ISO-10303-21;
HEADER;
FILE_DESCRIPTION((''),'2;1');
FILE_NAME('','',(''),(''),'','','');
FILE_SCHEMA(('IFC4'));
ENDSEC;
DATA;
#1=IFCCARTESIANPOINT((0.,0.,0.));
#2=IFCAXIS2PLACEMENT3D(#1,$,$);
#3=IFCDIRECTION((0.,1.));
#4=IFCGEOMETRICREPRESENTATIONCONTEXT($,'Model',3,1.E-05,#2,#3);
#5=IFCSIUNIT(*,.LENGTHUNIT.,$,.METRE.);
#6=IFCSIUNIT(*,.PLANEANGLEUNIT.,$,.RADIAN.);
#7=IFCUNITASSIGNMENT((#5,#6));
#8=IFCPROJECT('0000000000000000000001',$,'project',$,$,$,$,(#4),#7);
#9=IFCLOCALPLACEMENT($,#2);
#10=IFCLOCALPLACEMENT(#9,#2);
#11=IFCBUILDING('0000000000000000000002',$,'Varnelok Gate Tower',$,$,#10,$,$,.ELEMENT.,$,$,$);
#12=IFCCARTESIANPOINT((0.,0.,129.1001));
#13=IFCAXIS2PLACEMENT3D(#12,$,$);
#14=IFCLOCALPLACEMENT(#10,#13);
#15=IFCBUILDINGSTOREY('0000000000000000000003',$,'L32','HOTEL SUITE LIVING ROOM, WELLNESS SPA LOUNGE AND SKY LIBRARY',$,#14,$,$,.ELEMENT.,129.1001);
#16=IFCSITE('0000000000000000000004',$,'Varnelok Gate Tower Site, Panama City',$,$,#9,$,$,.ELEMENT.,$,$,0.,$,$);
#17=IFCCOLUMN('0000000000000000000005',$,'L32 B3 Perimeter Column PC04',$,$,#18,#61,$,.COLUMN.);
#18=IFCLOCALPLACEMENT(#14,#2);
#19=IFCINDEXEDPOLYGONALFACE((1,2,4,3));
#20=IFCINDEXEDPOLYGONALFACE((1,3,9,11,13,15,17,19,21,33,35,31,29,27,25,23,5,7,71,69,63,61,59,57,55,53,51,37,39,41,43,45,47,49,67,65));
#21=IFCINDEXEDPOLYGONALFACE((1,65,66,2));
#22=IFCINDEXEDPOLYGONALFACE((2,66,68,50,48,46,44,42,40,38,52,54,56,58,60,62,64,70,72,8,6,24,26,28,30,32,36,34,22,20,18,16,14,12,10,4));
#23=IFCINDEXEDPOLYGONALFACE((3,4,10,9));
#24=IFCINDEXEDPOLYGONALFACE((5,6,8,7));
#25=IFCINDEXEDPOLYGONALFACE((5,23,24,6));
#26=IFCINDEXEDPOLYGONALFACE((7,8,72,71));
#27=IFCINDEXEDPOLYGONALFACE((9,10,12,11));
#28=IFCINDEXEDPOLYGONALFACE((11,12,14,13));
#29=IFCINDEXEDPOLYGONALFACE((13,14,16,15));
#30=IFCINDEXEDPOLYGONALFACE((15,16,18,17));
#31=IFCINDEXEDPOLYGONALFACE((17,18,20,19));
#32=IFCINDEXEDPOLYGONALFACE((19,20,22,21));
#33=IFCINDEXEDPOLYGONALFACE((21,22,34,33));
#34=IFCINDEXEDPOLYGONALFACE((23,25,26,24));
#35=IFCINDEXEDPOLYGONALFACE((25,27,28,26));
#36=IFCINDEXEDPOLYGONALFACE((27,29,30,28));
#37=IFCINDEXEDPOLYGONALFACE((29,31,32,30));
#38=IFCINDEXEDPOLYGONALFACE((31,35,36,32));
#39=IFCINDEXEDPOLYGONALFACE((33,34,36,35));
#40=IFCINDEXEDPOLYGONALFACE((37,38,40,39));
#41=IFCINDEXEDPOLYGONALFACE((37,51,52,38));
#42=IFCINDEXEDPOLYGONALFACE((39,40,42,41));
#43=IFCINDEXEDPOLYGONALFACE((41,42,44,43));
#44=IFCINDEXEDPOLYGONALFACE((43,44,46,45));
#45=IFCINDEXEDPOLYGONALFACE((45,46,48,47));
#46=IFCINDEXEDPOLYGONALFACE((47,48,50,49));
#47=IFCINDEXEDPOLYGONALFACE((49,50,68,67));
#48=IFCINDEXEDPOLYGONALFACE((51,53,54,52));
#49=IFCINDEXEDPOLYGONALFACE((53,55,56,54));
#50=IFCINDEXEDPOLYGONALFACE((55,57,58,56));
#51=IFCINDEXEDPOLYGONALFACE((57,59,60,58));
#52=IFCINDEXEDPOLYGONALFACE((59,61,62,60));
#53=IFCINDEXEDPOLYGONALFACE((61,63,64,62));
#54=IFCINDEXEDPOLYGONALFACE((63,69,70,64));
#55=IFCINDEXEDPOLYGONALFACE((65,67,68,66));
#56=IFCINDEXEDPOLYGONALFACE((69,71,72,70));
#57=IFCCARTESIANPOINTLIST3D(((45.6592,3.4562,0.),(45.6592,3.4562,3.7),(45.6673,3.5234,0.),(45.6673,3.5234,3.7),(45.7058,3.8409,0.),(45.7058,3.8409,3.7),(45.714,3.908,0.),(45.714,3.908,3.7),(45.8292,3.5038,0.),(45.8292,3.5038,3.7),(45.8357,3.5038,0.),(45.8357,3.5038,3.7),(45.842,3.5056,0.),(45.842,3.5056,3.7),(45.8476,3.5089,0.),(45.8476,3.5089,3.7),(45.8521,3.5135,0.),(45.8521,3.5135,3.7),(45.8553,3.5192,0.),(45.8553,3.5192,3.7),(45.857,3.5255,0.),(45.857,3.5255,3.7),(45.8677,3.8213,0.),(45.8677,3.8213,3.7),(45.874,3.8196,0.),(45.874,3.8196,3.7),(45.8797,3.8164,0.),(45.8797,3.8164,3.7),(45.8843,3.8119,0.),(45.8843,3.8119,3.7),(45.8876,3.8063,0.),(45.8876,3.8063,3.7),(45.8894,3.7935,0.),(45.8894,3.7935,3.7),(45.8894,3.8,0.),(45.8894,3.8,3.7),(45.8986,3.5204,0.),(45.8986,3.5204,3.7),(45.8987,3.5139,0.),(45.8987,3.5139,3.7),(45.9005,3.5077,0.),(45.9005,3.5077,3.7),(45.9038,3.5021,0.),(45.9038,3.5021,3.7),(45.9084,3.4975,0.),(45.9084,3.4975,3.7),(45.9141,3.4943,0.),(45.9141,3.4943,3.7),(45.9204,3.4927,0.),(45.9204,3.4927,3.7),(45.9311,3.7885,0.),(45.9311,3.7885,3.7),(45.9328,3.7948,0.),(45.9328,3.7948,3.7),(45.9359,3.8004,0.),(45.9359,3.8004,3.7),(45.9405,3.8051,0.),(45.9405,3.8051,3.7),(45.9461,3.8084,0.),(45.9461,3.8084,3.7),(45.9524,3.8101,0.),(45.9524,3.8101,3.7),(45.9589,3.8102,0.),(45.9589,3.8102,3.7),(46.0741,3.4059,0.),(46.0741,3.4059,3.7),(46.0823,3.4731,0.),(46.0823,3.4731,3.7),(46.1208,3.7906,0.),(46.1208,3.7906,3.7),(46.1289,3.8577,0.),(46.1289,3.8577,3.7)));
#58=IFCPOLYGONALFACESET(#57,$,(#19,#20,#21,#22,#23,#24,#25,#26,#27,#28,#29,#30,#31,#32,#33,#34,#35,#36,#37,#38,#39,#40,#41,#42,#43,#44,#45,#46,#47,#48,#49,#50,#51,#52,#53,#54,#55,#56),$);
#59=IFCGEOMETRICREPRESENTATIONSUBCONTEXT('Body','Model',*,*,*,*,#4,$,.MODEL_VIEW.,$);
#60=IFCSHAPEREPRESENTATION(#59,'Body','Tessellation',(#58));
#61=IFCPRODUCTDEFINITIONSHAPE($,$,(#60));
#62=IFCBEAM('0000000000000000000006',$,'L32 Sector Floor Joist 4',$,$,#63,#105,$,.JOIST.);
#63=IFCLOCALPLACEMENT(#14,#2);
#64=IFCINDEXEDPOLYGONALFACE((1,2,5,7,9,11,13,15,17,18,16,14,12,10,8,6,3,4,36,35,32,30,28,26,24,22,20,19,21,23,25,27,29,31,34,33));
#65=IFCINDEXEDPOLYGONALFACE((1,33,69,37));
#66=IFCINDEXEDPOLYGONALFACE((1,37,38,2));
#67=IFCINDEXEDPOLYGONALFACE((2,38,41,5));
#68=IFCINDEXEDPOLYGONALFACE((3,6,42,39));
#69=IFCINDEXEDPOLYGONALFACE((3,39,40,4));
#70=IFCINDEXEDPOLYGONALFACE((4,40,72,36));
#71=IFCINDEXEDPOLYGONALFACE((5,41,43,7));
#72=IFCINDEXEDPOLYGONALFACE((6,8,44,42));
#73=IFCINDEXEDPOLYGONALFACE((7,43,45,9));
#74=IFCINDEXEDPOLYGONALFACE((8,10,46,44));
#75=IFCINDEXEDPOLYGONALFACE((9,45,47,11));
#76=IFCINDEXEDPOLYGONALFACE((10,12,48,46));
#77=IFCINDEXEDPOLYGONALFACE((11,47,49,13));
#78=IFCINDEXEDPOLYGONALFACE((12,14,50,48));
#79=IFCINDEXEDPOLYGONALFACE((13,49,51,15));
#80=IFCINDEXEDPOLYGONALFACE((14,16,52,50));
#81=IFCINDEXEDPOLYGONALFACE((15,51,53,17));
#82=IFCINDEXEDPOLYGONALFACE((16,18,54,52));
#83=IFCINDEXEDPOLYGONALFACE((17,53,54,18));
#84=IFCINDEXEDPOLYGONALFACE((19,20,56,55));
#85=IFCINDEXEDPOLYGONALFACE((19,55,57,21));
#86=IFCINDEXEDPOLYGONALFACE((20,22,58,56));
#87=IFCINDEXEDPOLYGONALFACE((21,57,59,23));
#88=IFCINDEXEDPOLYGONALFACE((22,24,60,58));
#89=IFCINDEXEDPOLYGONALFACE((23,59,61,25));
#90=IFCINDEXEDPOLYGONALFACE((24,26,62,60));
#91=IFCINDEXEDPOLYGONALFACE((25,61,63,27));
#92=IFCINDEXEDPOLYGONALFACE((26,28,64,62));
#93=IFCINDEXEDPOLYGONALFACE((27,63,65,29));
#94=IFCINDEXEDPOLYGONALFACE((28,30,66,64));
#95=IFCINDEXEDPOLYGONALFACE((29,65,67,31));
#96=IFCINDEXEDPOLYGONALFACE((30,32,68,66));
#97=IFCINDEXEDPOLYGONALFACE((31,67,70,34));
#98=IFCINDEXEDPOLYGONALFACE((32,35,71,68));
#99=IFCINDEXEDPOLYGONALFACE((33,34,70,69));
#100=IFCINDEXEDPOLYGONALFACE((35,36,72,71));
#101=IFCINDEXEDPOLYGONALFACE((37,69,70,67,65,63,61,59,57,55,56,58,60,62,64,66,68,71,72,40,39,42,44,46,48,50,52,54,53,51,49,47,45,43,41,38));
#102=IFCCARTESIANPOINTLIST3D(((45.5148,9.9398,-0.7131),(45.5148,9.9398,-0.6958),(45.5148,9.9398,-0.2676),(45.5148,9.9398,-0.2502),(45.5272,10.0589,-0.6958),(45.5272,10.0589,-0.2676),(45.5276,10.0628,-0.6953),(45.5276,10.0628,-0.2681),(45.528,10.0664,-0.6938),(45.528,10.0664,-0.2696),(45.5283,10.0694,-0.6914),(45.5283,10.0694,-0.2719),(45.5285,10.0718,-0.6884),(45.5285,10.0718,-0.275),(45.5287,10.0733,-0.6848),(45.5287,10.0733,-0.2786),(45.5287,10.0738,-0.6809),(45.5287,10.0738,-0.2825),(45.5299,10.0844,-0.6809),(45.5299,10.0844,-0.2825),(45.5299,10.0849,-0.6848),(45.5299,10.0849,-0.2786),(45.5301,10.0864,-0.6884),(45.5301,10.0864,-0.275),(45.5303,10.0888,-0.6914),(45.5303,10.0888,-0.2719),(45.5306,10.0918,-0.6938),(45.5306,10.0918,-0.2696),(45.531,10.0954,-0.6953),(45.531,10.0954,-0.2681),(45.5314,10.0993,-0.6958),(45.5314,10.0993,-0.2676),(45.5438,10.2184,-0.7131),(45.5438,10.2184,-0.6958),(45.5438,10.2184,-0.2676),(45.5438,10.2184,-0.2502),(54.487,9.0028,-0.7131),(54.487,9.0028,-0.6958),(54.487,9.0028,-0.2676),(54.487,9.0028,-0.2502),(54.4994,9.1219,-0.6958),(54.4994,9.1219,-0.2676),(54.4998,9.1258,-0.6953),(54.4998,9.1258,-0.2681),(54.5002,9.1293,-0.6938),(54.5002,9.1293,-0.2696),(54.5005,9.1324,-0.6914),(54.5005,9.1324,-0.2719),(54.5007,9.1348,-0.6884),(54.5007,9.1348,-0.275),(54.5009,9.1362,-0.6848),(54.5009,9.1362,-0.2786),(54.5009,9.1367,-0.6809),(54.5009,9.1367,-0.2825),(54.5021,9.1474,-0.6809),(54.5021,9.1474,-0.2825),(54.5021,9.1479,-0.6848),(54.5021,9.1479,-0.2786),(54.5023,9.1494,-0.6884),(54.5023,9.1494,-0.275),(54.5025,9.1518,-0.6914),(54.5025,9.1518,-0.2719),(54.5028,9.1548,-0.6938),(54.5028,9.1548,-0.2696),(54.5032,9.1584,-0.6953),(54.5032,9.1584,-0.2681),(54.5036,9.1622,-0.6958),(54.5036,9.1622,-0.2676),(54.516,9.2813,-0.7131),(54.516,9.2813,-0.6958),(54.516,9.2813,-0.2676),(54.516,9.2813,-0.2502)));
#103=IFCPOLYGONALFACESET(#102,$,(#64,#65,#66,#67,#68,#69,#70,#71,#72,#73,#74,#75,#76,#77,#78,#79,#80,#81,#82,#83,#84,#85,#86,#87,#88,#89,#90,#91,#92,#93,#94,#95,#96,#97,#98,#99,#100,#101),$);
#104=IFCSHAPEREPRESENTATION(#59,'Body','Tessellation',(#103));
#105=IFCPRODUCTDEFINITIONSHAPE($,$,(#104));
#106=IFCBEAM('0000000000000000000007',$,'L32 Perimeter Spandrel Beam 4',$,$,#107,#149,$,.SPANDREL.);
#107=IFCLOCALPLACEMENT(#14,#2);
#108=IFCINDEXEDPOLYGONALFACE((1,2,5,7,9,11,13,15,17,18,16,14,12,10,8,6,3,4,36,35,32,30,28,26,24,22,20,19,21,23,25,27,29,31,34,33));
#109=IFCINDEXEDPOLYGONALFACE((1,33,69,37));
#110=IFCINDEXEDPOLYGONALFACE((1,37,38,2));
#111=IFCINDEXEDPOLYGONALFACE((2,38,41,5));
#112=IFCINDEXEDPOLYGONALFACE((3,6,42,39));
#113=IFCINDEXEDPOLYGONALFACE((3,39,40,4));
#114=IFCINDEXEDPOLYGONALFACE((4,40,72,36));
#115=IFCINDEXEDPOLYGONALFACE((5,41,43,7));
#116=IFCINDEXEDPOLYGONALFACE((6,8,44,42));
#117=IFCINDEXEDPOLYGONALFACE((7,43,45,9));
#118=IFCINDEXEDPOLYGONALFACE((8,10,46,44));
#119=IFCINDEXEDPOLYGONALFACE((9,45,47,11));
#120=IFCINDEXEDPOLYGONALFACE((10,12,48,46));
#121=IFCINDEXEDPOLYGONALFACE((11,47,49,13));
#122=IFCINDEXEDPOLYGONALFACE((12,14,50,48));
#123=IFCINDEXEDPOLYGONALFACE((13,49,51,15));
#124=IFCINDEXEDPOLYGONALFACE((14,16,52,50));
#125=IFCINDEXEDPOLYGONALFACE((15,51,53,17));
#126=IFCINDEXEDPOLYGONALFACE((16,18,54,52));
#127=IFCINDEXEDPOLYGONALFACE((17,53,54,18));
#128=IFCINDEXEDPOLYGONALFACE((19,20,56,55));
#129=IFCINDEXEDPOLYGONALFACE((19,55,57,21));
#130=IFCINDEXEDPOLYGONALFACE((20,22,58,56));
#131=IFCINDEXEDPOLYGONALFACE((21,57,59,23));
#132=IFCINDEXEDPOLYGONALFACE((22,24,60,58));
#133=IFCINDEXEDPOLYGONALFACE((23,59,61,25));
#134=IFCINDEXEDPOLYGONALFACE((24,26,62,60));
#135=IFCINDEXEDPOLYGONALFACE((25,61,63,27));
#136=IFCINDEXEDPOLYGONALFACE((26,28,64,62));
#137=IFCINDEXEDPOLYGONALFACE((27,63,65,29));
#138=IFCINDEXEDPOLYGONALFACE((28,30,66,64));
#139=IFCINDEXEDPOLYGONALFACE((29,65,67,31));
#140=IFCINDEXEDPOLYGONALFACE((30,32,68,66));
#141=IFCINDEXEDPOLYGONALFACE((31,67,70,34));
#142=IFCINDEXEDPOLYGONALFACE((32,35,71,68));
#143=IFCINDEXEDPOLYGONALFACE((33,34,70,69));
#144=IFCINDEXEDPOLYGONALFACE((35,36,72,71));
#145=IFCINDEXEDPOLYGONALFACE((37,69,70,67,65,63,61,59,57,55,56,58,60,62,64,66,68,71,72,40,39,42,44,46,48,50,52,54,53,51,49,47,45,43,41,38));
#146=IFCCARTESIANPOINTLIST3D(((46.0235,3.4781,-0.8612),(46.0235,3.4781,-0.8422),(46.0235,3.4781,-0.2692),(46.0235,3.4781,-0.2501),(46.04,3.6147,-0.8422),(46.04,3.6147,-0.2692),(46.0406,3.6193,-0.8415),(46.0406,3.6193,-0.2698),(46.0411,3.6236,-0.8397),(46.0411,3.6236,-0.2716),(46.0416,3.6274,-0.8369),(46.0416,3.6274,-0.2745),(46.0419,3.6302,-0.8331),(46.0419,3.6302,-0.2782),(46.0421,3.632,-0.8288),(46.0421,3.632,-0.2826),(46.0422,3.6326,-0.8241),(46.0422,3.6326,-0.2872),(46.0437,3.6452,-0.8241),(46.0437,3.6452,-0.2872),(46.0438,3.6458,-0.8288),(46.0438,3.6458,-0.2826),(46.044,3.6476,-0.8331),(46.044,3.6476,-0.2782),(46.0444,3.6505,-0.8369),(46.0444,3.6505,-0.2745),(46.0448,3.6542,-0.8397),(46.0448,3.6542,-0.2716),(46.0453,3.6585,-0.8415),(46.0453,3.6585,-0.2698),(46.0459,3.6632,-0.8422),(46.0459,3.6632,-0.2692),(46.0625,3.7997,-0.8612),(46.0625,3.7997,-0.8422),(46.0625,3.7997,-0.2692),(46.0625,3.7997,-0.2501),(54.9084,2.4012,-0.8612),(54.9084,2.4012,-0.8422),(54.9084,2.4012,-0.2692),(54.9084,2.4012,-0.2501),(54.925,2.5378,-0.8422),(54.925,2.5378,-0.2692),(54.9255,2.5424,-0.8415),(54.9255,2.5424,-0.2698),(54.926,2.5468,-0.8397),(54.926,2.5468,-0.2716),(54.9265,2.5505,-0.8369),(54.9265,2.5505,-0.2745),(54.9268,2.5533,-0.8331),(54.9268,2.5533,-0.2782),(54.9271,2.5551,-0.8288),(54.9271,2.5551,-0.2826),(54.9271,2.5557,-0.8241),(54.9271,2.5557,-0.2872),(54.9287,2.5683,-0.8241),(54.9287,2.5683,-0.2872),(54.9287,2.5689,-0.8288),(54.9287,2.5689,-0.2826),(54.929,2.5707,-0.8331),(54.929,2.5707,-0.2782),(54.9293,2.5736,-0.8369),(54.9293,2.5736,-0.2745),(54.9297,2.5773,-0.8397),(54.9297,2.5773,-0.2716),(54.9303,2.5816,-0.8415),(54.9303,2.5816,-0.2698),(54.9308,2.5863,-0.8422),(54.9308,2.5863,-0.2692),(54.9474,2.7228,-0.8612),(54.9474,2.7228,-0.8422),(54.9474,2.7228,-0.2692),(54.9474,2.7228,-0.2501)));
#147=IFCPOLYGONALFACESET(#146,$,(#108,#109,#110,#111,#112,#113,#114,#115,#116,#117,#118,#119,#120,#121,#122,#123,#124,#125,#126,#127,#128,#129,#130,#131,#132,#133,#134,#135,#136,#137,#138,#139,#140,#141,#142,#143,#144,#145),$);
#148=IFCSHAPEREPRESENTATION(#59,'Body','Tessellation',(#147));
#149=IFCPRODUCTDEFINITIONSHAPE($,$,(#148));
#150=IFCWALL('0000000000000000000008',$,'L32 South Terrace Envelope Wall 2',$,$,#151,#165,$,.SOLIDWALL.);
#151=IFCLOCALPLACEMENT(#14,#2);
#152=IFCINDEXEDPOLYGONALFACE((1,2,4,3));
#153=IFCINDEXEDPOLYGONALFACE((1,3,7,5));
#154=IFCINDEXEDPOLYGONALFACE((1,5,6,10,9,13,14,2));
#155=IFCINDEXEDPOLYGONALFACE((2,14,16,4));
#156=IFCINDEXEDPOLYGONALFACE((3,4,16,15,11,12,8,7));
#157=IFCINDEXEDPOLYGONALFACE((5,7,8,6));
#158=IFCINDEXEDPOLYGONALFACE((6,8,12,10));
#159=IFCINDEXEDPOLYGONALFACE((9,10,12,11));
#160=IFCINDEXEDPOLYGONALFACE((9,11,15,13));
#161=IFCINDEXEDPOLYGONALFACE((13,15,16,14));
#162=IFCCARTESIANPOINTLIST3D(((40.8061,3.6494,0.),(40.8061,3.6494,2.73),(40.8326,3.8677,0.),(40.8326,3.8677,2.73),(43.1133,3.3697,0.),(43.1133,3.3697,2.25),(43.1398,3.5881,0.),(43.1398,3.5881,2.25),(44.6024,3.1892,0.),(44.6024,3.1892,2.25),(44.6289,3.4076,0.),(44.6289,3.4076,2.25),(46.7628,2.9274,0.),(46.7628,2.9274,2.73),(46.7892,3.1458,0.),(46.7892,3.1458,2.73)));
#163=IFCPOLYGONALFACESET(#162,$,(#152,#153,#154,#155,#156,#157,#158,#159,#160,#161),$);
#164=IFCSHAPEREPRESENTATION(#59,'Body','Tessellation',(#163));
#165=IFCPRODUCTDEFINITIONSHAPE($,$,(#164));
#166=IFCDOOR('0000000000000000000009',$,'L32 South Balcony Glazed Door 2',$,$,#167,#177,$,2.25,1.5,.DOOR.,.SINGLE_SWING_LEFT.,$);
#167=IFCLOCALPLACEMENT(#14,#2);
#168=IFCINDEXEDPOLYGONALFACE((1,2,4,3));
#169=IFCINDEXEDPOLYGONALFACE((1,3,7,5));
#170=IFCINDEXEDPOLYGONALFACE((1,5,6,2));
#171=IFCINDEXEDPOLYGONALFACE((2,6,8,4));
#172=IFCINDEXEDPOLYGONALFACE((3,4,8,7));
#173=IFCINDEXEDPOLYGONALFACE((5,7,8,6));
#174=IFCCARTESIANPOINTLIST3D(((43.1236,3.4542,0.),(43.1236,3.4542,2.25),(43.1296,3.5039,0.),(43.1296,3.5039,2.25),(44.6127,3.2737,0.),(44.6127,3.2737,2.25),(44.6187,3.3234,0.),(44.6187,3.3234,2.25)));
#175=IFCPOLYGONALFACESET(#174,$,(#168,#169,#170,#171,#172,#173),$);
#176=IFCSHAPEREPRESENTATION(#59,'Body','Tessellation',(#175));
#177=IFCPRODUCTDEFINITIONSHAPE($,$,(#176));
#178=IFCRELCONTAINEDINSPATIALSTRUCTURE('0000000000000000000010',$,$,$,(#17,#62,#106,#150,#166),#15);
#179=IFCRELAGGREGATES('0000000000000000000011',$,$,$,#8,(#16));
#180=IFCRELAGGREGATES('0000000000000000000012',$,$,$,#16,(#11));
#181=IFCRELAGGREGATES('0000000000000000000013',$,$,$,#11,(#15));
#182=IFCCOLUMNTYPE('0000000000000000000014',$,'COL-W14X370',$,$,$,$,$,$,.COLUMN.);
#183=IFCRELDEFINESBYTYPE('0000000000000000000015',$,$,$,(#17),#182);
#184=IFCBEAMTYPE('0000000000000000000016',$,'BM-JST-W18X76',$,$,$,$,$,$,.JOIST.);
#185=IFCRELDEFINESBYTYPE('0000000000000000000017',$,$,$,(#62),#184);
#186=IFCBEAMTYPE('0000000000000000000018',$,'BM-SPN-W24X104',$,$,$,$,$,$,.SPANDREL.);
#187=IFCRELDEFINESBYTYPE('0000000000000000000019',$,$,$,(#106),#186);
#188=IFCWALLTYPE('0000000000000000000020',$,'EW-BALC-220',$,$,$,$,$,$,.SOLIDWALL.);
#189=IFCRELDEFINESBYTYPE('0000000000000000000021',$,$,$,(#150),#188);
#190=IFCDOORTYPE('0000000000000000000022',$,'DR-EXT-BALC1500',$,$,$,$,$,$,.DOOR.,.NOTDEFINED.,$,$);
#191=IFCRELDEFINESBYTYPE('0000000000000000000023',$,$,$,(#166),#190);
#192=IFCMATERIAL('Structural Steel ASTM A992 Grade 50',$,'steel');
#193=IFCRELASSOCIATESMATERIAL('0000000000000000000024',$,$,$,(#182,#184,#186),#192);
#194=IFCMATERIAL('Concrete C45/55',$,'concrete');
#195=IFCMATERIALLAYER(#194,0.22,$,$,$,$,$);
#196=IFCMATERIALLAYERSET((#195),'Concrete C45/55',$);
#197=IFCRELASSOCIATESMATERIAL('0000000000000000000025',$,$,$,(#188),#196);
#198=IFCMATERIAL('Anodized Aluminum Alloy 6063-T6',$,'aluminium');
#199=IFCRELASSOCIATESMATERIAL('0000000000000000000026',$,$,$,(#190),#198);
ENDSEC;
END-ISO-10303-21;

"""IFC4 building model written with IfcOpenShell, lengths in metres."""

from ifc_helpers import new_model, si_unit, direction, frame, frame_2d, origin, origin_2d, place, context, subcontext, project, spatial, rectangle, i_section, extrude, material, layer, layer_set, material_profile, profile_set, type_object, element, fill, save


model = new_model("IFC4")

# Units and contexts
model_context = context("Model", 3, precision=1e-05, world=origin(), true_north=direction((0.0, 1.0)))
body_context = subcontext(model_context, "Body", "Model", "MODEL_VIEW")
ifc_project = project(units=[si_unit("LENGTHUNIT", "METRE"), si_unit("PLANEANGLEUNIT", "RADIAN")], contexts=[model_context])

# Site, building, storey
site_placement = place(None, origin())
site = spatial("IfcSite", under=ifc_project, at=site_placement, Name="Varnelok Gate Tower Site, Panama City", CompositionType="ELEMENT", RefElevation=0.0)
building_placement = place(site_placement, origin())
building = spatial("IfcBuilding", under=site, at=building_placement, Name="Varnelok Gate Tower", CompositionType="ELEMENT")
storey_placement = place(building_placement, frame((0.0, 0.0, 129.1001)))
storey = spatial("IfcBuildingStorey", under=building, at=storey_placement, Name="L32", Description="HOTEL SUITE LIVING ROOM, WELLNESS SPA LOUNGE AND SKY LIBRARY", CompositionType="ELEMENT", Elevation=129.1001)

# Column
ifc_material_1 = material(Name="Structural Steel ASTM A992 Grade 50", Category="steel")
ifc_material_profile_1 = material_profile(ifc_material_1, i_section(OverallWidth=0.418, OverallDepth=0.4551, WebThickness=0.042, FlangeThickness=0.0676, FilletRadius=0.0249, at=origin_2d()), Name="W14X370")
ifc_profile_set_1 = profile_set([ifc_material_profile_1], Name="Structural Steel ASTM A992 Grade 50")
column_type = type_object("IfcColumnType", Name="COL-W14X370", PredefinedType="COLUMN", material=ifc_profile_set_1)
column_placement = place(storey_placement, frame((45.894, 3.657, 0.0), z_axis=(0.0, 0.0, 1.0), x_axis=(0.992732, -0.120345, 0.0)))
element("IfcColumn", 1, at=column_placement, inside=storey, type_object=column_type, Name="L32 B3 Perimeter Column PC04", PredefinedType="COLUMN", context=body_context, shape_type="SweptSolid", body=[
    extrude(i_section(OverallWidth=0.418, OverallDepth=0.4551, WebThickness=0.042, FlangeThickness=0.0676, FilletRadius=0.0249, at=origin_2d()), origin(), (0.0, 0.0, 1.0), 3.7),
])

# Beams
ifc_material_profile_2 = material_profile(ifc_material_1, i_section(OverallWidth=0.28, OverallDepth=0.4629, WebThickness=0.0107, FlangeThickness=0.0173, FilletRadius=0.0149, at=origin_2d()), Name="W18X76")
ifc_profile_set_2 = profile_set([ifc_material_profile_2], Name="Structural Steel ASTM A992 Grade 50")
beam_type_1 = type_object("IfcBeamType", Name="BM-JST-W18X76", PredefinedType="JOIST", material=ifc_profile_set_2)
beam_1_placement = place(storey_placement, frame((45.5293, 10.0791, -0.4817), z_axis=(0.994591, -0.10387, 0.0), x_axis=(0.10387, 0.994591, 0.0)))
element("IfcBeam", 2, at=beam_1_placement, inside=storey, type_object=beam_type_1, Name="L32 Sector Floor Joist 4", PredefinedType="JOIST", context=body_context, shape_type="SweptSolid", body=[
    extrude(i_section(OverallWidth=0.28, OverallDepth=0.4629, WebThickness=0.0107, FlangeThickness=0.0173, FilletRadius=0.0149, at=origin_2d()), origin(), (0.0, 0.0, 1.0), 9.021),
])
ifc_material_profile_3 = material_profile(ifc_material_1, i_section(OverallWidth=0.324, OverallDepth=0.6111, WebThickness=0.0127, FlangeThickness=0.019, FilletRadius=0.0181, at=origin_2d()), Name="W24X104")
ifc_profile_set_3 = profile_set([ifc_material_profile_3], Name="Structural Steel ASTM A992 Grade 50")
beam_type_2 = type_object("IfcBeamType", Name="BM-SPN-W24X104", PredefinedType="SPANDREL", material=ifc_profile_set_3)
beam_2_placement = place(storey_placement, frame((46.043, 3.6389, -0.5557), z_axis=(0.992735, -0.120324, 0.0), x_axis=(0.120324, 0.992735, 0.0)))
element("IfcBeam", 3, at=beam_2_placement, inside=storey, type_object=beam_type_2, Name="L32 Perimeter Spandrel Beam 4", PredefinedType="SPANDREL", context=body_context, shape_type="SweptSolid", body=[
    extrude(i_section(OverallWidth=0.324, OverallDepth=0.6111, WebThickness=0.0127, FlangeThickness=0.019, FilletRadius=0.0181, at=origin_2d()), origin(), (0.0, 0.0, 1.0), 8.95),
])

# Wall, opening, door
ifc_material_2 = material(Name="Concrete C45/55", Category="concrete")
ifc_layer_1 = layer(ifc_material_2, 0.22)
ifc_layer_set_1 = layer_set([ifc_layer_1], Name="Concrete C45/55")
wall_type_1 = type_object("IfcWallType", Name="EW-BALC-220", PredefinedType="SOLIDWALL", material=ifc_layer_set_1)
wall_1_placement = place(storey_placement, frame((46.7759, 3.0366, 0.0), z_axis=(0.0, 0.0, 1.0), x_axis=(-0.992735, 0.120318, 0.0)))
wall_1 = element("IfcWall", 4, at=wall_1_placement, inside=storey, type_object=wall_type_1, Name="L32 South Terrace Envelope Wall 2", PredefinedType="SOLIDWALL", context=body_context, shape_type="SweptSolid", body=[
    extrude(rectangle(XDim=6.0002, YDim=0.22, at=frame_2d((3.0, 0.0))), origin(), (0.0, 0.0, 1.0), 2.73),
])
opening_1_placement = place(wall_1_placement, frame((2.176, 0.0, 0.0)))
opening_1 = element("IfcOpeningElement", 5, at=opening_1_placement, cuts=wall_1, PredefinedType="OPENING", context=body_context, shape_type="SweptSolid", body=[
    extrude(rectangle(XDim=1.5, YDim=2.25, at=frame_2d((0.75, 1.125))), frame((0.0, 0.1199, 0.0), z_axis=(0.0, -1.0, 0.0), x_axis=(1.0, 0.0, 0.0)), (0.0, 0.0, 1.0), 0.24),
])
ifc_material_3 = material(Name="Anodized Aluminum Alloy 6063-T6", Category="aluminium")
door_type_1 = type_object("IfcDoorType", Name="DR-EXT-BALC1500", OperationType="NOTDEFINED", PredefinedType="DOOR", material=ifc_material_3)
door_1_placement = place(opening_1_placement, origin())
door_1 = element("IfcDoor", 6, at=door_1_placement, inside=storey, type_object=door_type_1, Name="L32 South Balcony Glazed Door 2", OperationType="SINGLE_SWING_LEFT", OverallHeight=2.25, OverallWidth=1.5, PredefinedType="DOOR", context=body_context, shape_type="SweptSolid", body=[
    extrude(rectangle(XDim=1.5, YDim=2.25, at=frame_2d((0.75, 1.125))), frame((0.0, 0.0249, 0.0), z_axis=(0.0, -1.0, 0.0), x_axis=(1.0, 0.0, 0.0)), (0.0, 0.0, 1.0), 0.05),
])
fill(opening_1, door_1)

save(model, "model.ifc")
